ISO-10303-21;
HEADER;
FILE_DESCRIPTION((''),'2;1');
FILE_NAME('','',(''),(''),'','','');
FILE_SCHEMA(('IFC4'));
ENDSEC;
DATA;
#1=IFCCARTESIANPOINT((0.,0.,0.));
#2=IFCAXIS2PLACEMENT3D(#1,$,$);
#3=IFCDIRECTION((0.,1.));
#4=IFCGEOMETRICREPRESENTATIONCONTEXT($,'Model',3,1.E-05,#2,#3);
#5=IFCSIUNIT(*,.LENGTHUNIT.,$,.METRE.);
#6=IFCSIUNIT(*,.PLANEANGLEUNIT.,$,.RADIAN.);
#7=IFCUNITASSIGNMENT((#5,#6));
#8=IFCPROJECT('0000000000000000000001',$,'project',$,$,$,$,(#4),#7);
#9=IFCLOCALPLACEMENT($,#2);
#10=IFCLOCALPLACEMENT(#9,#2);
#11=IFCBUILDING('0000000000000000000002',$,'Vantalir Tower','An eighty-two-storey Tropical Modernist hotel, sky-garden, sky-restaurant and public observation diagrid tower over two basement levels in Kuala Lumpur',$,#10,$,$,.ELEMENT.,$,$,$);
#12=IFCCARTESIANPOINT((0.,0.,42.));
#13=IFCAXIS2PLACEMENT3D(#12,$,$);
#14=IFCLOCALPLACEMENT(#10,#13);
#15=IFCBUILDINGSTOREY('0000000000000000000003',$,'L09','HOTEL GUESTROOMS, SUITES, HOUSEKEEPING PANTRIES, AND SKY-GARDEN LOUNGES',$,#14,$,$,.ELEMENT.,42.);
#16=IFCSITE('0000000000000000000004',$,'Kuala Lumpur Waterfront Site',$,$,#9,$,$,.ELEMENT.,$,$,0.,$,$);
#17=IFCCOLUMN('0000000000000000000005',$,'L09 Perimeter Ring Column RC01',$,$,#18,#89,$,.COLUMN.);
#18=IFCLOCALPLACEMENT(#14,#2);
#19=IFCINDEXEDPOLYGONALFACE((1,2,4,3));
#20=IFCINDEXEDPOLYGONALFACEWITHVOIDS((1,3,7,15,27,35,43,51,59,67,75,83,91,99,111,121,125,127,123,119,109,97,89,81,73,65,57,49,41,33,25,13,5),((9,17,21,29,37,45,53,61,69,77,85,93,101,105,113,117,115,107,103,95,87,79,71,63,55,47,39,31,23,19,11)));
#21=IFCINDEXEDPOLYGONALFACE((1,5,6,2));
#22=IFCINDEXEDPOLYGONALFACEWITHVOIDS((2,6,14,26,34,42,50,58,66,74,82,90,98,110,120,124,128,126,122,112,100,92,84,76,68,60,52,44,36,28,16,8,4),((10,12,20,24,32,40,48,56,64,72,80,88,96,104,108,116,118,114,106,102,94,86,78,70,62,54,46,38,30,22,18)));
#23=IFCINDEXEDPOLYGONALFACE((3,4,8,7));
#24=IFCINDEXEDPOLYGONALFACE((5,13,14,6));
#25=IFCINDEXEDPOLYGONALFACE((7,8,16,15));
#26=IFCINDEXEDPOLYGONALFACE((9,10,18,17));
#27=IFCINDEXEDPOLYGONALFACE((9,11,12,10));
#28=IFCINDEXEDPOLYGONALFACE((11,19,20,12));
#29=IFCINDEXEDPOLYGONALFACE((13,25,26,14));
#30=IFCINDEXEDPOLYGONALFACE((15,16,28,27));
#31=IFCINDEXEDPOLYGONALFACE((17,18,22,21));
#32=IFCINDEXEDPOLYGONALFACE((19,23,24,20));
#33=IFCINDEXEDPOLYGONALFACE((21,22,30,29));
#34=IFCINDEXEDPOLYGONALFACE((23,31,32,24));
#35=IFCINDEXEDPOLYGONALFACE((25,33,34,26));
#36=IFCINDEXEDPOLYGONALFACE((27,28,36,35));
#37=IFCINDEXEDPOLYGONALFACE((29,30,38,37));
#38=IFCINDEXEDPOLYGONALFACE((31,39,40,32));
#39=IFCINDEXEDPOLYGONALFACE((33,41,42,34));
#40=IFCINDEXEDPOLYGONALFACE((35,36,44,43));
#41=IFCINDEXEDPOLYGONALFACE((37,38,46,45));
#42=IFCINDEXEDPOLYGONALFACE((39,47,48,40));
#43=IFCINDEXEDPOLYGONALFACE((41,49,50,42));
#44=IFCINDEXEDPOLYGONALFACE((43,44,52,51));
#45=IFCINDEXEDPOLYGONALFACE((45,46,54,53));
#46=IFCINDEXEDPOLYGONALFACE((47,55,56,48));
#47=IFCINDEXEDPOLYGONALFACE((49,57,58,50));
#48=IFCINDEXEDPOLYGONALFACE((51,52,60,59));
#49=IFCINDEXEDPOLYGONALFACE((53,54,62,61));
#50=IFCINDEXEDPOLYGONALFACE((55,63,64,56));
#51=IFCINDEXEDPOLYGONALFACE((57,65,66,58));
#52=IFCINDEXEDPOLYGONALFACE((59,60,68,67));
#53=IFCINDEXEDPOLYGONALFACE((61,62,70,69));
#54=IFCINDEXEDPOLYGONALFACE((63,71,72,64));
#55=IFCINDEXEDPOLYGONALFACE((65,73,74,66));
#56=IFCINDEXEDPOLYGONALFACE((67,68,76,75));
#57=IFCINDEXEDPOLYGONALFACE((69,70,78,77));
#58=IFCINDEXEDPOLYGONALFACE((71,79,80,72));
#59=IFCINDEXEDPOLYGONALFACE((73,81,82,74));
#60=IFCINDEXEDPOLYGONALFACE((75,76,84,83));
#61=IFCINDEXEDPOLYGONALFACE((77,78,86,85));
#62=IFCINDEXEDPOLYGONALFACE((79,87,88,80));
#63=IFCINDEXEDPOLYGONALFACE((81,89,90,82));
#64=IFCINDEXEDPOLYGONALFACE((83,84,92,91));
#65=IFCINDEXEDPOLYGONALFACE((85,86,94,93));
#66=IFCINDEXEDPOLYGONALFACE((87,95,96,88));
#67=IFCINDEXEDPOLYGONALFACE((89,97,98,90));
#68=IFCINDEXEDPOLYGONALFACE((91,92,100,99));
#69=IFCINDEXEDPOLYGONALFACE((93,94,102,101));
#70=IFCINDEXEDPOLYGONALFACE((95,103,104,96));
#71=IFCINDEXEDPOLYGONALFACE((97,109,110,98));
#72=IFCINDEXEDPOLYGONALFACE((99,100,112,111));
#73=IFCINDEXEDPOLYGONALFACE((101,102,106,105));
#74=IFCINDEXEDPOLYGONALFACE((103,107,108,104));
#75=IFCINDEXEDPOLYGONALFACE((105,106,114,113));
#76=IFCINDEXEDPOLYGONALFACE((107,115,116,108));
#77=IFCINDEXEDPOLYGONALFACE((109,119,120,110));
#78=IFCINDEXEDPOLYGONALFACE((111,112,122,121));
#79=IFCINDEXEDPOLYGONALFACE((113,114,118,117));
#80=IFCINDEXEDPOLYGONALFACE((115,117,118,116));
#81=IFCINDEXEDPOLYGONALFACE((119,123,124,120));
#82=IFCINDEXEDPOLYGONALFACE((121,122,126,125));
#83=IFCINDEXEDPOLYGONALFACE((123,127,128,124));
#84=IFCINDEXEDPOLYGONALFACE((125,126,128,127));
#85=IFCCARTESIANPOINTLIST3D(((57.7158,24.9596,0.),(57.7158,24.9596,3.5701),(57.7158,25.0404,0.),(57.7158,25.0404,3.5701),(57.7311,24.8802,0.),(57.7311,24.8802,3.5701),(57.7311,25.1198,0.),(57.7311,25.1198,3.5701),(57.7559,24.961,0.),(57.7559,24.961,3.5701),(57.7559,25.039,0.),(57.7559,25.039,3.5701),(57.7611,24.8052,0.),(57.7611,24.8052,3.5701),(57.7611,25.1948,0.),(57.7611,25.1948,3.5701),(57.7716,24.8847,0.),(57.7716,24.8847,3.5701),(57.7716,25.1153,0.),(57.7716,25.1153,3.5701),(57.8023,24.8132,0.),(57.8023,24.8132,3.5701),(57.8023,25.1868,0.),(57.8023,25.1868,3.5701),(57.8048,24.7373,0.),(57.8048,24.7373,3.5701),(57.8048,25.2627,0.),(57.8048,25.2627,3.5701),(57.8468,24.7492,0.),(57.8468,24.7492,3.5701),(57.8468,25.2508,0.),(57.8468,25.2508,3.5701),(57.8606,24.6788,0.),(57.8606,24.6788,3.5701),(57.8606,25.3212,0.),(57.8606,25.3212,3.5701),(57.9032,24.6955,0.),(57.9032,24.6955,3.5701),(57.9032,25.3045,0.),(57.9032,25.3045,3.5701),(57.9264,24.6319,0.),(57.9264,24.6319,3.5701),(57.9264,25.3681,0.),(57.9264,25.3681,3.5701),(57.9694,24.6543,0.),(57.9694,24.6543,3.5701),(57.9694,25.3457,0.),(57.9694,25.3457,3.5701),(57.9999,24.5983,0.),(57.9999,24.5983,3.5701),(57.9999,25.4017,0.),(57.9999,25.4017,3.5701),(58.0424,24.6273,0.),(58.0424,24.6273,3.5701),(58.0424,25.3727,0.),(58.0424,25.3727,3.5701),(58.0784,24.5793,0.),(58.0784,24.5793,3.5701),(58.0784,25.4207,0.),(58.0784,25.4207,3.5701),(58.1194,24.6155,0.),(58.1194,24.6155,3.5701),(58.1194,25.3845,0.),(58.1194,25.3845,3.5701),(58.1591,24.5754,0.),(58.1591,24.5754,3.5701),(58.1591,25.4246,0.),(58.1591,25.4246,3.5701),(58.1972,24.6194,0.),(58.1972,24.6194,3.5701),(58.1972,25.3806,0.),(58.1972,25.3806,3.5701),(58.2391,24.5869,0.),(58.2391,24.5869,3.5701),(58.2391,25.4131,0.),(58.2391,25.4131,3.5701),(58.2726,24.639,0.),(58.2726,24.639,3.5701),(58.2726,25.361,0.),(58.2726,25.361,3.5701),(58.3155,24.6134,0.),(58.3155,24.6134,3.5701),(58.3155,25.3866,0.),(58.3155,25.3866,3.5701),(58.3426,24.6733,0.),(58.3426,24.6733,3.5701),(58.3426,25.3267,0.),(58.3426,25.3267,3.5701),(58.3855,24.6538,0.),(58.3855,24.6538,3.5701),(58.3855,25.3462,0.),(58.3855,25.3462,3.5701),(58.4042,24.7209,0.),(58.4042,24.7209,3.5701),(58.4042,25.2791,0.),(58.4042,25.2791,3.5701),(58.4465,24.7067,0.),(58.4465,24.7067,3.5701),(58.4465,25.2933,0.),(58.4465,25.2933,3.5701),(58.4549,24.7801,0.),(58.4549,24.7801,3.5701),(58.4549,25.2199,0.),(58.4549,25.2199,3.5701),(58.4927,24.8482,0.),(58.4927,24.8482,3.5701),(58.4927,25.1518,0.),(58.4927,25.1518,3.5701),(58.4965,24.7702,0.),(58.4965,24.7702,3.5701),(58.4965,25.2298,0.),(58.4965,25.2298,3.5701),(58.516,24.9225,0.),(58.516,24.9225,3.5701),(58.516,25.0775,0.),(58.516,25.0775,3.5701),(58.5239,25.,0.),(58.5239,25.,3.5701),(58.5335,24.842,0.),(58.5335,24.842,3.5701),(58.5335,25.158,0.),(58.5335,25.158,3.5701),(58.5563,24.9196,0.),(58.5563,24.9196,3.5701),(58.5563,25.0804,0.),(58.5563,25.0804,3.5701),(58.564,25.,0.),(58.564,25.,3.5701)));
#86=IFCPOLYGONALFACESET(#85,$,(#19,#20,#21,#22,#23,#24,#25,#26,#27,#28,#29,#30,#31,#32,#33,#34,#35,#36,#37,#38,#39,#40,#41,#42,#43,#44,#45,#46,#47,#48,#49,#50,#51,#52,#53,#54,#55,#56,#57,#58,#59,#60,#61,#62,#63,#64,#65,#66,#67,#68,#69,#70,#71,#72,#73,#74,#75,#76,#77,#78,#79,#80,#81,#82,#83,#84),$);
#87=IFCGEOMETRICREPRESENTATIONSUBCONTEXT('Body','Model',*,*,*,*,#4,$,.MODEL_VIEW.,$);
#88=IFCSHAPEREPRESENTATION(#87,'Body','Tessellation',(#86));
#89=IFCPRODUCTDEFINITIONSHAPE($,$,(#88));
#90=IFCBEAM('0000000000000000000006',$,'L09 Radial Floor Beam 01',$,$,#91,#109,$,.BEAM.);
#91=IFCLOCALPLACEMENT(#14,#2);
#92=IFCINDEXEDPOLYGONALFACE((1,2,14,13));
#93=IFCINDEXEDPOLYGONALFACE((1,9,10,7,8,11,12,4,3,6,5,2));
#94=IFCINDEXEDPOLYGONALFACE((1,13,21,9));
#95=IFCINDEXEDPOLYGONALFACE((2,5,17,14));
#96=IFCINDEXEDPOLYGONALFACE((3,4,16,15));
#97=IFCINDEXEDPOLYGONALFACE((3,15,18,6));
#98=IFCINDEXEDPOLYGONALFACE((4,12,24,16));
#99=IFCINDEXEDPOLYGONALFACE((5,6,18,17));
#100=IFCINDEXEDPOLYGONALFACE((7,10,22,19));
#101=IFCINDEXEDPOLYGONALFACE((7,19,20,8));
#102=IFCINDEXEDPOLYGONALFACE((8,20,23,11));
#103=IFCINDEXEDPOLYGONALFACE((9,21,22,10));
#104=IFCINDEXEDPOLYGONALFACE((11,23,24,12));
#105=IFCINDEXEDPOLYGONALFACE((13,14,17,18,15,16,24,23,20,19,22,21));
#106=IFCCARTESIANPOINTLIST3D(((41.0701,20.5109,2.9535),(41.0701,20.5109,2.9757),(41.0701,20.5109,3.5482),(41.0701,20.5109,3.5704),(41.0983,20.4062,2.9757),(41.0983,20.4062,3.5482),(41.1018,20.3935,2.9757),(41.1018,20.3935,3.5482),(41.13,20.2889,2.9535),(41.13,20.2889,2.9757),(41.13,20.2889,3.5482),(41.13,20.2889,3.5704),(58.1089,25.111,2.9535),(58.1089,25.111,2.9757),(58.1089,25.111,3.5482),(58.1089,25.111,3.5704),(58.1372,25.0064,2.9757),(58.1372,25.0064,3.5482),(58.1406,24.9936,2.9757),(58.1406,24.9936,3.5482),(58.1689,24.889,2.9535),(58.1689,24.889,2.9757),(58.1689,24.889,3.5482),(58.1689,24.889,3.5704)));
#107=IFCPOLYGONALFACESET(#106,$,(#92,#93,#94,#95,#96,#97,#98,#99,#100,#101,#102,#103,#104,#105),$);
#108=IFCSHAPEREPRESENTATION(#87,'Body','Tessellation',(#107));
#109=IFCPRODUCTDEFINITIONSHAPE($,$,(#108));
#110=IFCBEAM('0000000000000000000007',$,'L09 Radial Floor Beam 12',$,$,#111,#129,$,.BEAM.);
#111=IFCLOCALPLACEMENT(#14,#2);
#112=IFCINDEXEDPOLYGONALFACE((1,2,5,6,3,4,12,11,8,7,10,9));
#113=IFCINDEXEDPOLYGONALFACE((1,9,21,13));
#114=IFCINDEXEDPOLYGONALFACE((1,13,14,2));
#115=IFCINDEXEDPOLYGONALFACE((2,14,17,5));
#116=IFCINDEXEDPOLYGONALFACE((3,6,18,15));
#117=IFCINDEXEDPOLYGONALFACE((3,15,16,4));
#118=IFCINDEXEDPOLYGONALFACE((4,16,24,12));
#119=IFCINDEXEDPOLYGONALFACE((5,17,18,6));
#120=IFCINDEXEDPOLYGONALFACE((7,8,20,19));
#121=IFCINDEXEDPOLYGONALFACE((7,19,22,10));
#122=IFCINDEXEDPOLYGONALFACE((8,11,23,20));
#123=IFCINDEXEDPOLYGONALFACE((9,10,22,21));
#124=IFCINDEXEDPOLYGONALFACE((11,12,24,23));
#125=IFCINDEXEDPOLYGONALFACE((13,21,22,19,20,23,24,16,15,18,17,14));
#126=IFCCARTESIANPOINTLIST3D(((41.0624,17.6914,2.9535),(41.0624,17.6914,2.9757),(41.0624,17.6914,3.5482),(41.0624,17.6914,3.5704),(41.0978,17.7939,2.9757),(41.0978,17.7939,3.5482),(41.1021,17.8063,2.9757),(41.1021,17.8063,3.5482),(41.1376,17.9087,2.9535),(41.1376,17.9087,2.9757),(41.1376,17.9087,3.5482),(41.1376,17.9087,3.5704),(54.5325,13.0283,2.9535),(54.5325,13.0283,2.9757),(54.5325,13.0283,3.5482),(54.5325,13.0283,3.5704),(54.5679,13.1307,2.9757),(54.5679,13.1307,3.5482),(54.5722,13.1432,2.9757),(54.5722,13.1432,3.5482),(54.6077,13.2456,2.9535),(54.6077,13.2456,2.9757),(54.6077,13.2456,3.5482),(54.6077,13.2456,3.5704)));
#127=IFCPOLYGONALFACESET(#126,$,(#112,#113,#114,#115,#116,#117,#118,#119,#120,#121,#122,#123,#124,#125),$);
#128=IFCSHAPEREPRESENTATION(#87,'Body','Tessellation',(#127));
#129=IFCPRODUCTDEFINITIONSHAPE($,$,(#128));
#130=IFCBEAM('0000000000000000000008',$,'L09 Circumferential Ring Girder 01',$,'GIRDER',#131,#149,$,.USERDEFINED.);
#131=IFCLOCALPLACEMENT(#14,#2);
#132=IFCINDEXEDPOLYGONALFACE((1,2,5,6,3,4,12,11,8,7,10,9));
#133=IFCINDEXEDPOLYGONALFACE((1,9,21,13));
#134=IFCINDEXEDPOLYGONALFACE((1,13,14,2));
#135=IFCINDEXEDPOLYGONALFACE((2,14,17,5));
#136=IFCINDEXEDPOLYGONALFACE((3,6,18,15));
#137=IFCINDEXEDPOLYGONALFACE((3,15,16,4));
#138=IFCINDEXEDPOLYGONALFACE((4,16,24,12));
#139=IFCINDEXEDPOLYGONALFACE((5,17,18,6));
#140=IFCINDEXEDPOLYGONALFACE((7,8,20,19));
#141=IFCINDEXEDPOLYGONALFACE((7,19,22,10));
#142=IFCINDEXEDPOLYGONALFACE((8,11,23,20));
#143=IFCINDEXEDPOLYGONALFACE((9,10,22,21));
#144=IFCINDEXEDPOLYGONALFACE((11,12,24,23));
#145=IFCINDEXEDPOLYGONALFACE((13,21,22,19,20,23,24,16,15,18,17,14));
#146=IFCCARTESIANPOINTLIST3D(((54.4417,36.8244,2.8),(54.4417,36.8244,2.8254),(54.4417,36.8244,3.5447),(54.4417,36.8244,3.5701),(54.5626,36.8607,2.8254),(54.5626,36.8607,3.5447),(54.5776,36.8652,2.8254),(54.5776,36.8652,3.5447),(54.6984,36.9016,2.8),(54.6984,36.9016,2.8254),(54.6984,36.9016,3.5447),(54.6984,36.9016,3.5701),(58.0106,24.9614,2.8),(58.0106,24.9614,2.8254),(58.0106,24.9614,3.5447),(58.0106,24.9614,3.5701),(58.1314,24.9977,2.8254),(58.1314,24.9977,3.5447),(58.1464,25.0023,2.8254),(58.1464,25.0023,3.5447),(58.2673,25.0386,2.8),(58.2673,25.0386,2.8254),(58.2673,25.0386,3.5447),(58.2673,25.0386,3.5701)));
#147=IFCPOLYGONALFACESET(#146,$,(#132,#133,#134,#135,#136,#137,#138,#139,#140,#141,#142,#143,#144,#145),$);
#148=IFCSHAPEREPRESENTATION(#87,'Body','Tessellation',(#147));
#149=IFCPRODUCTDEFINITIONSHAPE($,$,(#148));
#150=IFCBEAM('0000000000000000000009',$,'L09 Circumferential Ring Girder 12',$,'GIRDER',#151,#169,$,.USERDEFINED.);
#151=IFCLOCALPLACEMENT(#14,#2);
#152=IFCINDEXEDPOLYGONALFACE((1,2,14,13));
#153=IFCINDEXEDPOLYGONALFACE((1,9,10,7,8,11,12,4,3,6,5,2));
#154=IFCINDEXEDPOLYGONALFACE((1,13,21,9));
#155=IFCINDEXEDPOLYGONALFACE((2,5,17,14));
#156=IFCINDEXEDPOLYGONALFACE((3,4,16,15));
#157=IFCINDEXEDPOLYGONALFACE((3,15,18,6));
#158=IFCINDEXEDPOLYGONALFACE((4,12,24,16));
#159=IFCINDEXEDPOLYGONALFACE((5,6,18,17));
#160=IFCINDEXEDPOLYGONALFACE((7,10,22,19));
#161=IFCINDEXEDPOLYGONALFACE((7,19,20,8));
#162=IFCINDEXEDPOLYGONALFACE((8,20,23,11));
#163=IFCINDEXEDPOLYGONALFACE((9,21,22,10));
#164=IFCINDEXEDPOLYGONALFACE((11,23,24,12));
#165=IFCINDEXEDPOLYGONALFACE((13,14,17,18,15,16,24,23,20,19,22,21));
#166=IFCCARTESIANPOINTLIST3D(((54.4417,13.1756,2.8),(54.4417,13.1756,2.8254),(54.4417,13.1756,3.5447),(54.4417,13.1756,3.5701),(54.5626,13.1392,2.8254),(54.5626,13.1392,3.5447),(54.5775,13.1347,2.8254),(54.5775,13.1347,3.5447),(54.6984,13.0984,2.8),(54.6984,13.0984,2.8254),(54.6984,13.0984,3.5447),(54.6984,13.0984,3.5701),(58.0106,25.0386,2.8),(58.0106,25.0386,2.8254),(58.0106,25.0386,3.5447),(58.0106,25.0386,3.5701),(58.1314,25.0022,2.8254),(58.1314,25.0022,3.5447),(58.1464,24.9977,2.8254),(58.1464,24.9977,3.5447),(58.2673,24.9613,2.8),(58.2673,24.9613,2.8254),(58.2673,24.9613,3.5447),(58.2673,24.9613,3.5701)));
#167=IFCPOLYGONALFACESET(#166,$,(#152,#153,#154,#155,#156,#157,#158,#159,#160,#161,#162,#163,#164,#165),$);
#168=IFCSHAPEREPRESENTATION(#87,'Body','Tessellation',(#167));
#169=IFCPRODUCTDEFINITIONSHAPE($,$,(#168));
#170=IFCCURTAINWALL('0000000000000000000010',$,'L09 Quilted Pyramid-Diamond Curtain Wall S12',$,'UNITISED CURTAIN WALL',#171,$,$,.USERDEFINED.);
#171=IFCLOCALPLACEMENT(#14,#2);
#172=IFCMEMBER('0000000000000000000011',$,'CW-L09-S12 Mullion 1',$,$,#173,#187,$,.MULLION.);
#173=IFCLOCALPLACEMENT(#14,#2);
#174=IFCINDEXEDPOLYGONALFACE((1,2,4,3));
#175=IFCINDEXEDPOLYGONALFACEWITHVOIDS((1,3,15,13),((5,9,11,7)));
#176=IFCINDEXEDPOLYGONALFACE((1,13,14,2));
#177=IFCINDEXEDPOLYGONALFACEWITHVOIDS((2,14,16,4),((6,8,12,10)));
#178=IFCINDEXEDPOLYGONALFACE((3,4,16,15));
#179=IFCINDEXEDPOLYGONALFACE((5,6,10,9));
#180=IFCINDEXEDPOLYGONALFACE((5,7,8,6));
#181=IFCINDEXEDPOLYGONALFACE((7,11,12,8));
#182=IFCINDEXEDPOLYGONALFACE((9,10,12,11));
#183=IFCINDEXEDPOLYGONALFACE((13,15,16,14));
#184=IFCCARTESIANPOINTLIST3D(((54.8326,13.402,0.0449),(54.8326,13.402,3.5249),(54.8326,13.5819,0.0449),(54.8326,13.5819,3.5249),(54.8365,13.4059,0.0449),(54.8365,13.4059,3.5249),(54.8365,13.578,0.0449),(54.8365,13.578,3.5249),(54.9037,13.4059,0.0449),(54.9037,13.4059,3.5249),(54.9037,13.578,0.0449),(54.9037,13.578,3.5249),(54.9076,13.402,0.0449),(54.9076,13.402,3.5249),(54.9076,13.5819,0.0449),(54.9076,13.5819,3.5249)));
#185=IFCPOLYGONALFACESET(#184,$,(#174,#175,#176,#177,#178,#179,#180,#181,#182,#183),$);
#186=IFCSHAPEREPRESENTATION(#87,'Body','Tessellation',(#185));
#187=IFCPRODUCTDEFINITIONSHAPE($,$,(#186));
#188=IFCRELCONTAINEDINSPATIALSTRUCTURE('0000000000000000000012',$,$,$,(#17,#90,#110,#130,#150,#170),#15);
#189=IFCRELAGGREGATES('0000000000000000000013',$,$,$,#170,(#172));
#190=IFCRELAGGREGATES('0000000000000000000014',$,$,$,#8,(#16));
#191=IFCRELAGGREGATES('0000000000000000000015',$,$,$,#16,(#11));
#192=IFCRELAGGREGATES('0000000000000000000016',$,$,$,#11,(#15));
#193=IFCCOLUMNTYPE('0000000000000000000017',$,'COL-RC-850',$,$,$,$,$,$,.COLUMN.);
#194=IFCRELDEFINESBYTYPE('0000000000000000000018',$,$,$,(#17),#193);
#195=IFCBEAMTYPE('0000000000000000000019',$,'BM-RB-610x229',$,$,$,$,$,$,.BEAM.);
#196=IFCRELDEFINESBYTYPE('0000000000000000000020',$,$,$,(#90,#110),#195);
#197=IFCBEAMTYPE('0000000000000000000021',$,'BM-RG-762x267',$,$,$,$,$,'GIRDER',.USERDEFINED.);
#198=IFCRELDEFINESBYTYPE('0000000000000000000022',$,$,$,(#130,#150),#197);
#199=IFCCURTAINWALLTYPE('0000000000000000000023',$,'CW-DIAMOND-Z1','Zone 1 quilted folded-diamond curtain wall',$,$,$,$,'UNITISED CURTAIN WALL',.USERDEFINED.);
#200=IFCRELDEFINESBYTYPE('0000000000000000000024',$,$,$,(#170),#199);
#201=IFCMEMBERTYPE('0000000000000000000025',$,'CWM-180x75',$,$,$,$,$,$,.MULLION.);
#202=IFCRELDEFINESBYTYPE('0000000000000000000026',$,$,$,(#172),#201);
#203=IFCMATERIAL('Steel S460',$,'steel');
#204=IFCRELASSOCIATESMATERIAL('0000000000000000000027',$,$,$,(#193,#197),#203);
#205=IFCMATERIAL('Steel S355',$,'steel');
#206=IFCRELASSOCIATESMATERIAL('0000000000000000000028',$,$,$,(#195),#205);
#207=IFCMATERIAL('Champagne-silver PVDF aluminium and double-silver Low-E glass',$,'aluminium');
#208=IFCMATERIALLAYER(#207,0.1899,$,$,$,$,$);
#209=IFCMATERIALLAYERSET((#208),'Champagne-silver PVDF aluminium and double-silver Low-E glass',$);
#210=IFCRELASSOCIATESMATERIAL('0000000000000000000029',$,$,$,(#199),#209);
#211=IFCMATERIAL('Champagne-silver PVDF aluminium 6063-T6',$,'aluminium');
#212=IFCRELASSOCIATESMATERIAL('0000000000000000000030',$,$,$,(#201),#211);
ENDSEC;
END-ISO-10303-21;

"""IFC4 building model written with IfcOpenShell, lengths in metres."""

from ifc_helpers import new_model, si_unit, direction, frame, origin, origin_2d, place, context, subcontext, project, spatial, hollow_rectangle, hollow_circle, i_section, extrude, material, layer, layer_set, material_profile, profile_set, type_object, element, aggregate, save


model = new_model("IFC4")

# Units and contexts
model_context = context("Model", 3, precision=1e-05, world=origin(), true_north=direction((0.0, 1.0)))
body_context = subcontext(model_context, "Body", "Model", "MODEL_VIEW")
ifc_project = project(units=[si_unit("LENGTHUNIT", "METRE"), si_unit("PLANEANGLEUNIT", "RADIAN")], contexts=[model_context])

# Site, building, storey
site_placement = place(None, origin())
site = spatial("IfcSite", under=ifc_project, at=site_placement, Name="Kuala Lumpur Waterfront Site", CompositionType="ELEMENT", RefElevation=0.0)
building_placement = place(site_placement, origin())
building = spatial("IfcBuilding", under=site, at=building_placement, Name="Vantalir Tower", Description="An eighty-two-storey Tropical Modernist hotel, sky-garden, sky-restaurant and public observation diagrid tower over two basement levels in Kuala Lumpur", CompositionType="ELEMENT")
storey_placement = place(building_placement, frame((0.0, 0.0, 42.0)))
storey = spatial("IfcBuildingStorey", under=building, at=storey_placement, Name="L09", Description="HOTEL GUESTROOMS, SUITES, HOUSEKEEPING PANTRIES, AND SKY-GARDEN LOUNGES", CompositionType="ELEMENT", Elevation=42.0)

# Column
ifc_material_1 = material(Name="Steel S460", Category="steel")
ifc_material_profile_1 = material_profile(ifc_material_1, hollow_circle(Radius=0.425, WallThickness=0.04, at=origin_2d()), Name="Steel S460")
ifc_profile_set_1 = profile_set([ifc_material_profile_1], Name="Steel S460")
column_type = type_object("IfcColumnType", Name="COL-RC-850", PredefinedType="COLUMN", material=ifc_profile_set_1)
column_placement = place(storey_placement, frame((58.1389, 25.0, 0.0), z_axis=(0.0, 0.0, 1.0), x_axis=(1.0, 0.0, 0.0)))
element("IfcColumn", 1, at=column_placement, inside=storey, type_object=column_type, Name="L09 Perimeter Ring Column RC01", PredefinedType="COLUMN", context=body_context, shape_type="SweptSolid", body=[
    extrude(hollow_circle(Radius=0.425, WallThickness=0.04, at=origin_2d()), origin(), (0.0, 0.0, 1.0), 3.5701),
])

# Beams
ifc_material_2 = material(Name="Steel S355", Category="steel")
ifc_material_profile_2 = material_profile(ifc_material_2, i_section(OverallWidth=0.23, OverallDepth=0.6169, WebThickness=0.0132, FlangeThickness=0.0222, at=origin_2d()), Name="Steel S355")
ifc_profile_set_2 = profile_set([ifc_material_profile_2], Name="Steel S355")
beam_type_1 = type_object("IfcBeamType", Name="BM-RB-610x229", PredefinedType="BEAM", material=ifc_profile_set_2)
beam_1_placement = place(storey_placement, frame((58.1389, 25.0, 3.262), z_axis=(-0.965435, -0.260646, 0.0), x_axis=(0.260646, -0.965435, 0.0)))
element("IfcBeam", 2, at=beam_1_placement, inside=storey, type_object=beam_type_1, Name="L09 Radial Floor Beam 01", PredefinedType="BEAM", context=body_context, shape_type="SweptSolid", body=[
    extrude(i_section(OverallWidth=0.23, OverallDepth=0.6169, WebThickness=0.0132, FlangeThickness=0.0222, at=origin_2d()), origin(), (0.0, 0.0, 1.0), 17.6489),
])
beam_2_placement = place(storey_placement, frame((54.5701, 13.137, 3.262), z_axis=(-0.944977, 0.327136, 0.0), x_axis=(-0.327136, -0.944977, 0.0)))
element("IfcBeam", 3, at=beam_2_placement, inside=storey, type_object=beam_type_1, Name="L09 Radial Floor Beam 12", PredefinedType="BEAM", context=body_context, shape_type="SweptSolid", body=[
    extrude(i_section(OverallWidth=0.23, OverallDepth=0.6169, WebThickness=0.0132, FlangeThickness=0.0222, at=origin_2d()), origin(), (0.0, 0.0, 1.0), 14.2544),
])
ifc_material_profile_3 = material_profile(ifc_material_1, i_section(OverallWidth=0.2681, OverallDepth=0.77, WebThickness=0.0156, FlangeThickness=0.0254, at=origin_2d()), Name="Steel S460")
ifc_profile_set_3 = profile_set([ifc_material_profile_3], Name="Steel S460")
beam_type_2 = type_object("IfcBeamType", Name="BM-RG-762x267", ElementType="GIRDER", PredefinedType="USERDEFINED", material=ifc_profile_set_3)
for number, where, z_axis, x_axis, name in (
    (4, (58.1389, 25.0, 3.1851), (-0.288084, 0.957605, 0.0), (-0.957605, -0.288084, 0.0), "L09 Circumferential Ring Girder 01"),
    (5, (54.5701, 13.137, 3.1851), (0.288084, 0.957605, 0.0), (-0.957605, 0.288084, 0.0), "L09 Circumferential Ring Girder 12"),
):
    element("IfcBeam", number, at=place(storey_placement, frame(where, z_axis=z_axis, x_axis=x_axis)), inside=storey, type_object=beam_type_2, Name=name, ObjectType="GIRDER", PredefinedType="USERDEFINED", context=body_context, shape_type="SweptSolid", body=[
        extrude(i_section(OverallWidth=0.2681, OverallDepth=0.77, WebThickness=0.0156, FlangeThickness=0.0254, at=origin_2d()), origin(), (0.0, 0.0, 1.0), 12.3882),
    ])

# Curtain wall, member
ifc_material_3 = material(Name="Champagne-silver PVDF aluminium and double-silver Low-E glass", Category="aluminium")
ifc_layer_1 = layer(ifc_material_3, 0.1899)
ifc_layer_set_1 = layer_set([ifc_layer_1], Name="Champagne-silver PVDF aluminium and double-silver Low-E glass")
curtain_wall_type = type_object("IfcCurtainWallType", Name="CW-DIAMOND-Z1", Description="Zone 1 quilted folded-diamond curtain wall", ElementType="UNITISED CURTAIN WALL", PredefinedType="USERDEFINED", material=ifc_layer_set_1)
curtain_wall_placement = place(storey_placement, origin())
curtain_wall = element("IfcCurtainWall", 6, at=curtain_wall_placement, inside=storey, type_object=curtain_wall_type, Name="L09 Quilted Pyramid-Diamond Curtain Wall S12", ObjectType="UNITISED CURTAIN WALL", PredefinedType="USERDEFINED")
ifc_material_4 = material(Name="Champagne-silver PVDF aluminium 6063-T6", Category="aluminium")
ifc_material_profile_4 = material_profile(ifc_material_4, hollow_rectangle(XDim=0.075, YDim=0.1799, WallThickness=0.0039, at=origin_2d()), Name="Champagne-silver PVDF aluminium 6063-T6")
ifc_profile_set_4 = profile_set([ifc_material_profile_4], Name="Champagne-silver PVDF aluminium 6063-T6")
member_type_1 = type_object("IfcMemberType", Name="CWM-180x75", PredefinedType="MULLION", material=ifc_profile_set_4)
member_1_placement = place(storey_placement, frame((54.8701, 13.4919, 0.0449), z_axis=(0.0, 0.0, 1.0), x_axis=(1.0, 0.0, 0.0)))
member_1 = element("IfcMember", 7, at=member_1_placement, type_object=member_type_1, Name="CW-L09-S12 Mullion 1", PredefinedType="MULLION", context=body_context, shape_type="SweptSolid", body=[
    extrude(hollow_rectangle(XDim=0.075, YDim=0.1799, WallThickness=0.0039, at=origin_2d()), origin(), (0.0, 0.0, 1.0), 3.48),
])

aggregate(curtain_wall, [member_1])

save(model, "model.ifc")
